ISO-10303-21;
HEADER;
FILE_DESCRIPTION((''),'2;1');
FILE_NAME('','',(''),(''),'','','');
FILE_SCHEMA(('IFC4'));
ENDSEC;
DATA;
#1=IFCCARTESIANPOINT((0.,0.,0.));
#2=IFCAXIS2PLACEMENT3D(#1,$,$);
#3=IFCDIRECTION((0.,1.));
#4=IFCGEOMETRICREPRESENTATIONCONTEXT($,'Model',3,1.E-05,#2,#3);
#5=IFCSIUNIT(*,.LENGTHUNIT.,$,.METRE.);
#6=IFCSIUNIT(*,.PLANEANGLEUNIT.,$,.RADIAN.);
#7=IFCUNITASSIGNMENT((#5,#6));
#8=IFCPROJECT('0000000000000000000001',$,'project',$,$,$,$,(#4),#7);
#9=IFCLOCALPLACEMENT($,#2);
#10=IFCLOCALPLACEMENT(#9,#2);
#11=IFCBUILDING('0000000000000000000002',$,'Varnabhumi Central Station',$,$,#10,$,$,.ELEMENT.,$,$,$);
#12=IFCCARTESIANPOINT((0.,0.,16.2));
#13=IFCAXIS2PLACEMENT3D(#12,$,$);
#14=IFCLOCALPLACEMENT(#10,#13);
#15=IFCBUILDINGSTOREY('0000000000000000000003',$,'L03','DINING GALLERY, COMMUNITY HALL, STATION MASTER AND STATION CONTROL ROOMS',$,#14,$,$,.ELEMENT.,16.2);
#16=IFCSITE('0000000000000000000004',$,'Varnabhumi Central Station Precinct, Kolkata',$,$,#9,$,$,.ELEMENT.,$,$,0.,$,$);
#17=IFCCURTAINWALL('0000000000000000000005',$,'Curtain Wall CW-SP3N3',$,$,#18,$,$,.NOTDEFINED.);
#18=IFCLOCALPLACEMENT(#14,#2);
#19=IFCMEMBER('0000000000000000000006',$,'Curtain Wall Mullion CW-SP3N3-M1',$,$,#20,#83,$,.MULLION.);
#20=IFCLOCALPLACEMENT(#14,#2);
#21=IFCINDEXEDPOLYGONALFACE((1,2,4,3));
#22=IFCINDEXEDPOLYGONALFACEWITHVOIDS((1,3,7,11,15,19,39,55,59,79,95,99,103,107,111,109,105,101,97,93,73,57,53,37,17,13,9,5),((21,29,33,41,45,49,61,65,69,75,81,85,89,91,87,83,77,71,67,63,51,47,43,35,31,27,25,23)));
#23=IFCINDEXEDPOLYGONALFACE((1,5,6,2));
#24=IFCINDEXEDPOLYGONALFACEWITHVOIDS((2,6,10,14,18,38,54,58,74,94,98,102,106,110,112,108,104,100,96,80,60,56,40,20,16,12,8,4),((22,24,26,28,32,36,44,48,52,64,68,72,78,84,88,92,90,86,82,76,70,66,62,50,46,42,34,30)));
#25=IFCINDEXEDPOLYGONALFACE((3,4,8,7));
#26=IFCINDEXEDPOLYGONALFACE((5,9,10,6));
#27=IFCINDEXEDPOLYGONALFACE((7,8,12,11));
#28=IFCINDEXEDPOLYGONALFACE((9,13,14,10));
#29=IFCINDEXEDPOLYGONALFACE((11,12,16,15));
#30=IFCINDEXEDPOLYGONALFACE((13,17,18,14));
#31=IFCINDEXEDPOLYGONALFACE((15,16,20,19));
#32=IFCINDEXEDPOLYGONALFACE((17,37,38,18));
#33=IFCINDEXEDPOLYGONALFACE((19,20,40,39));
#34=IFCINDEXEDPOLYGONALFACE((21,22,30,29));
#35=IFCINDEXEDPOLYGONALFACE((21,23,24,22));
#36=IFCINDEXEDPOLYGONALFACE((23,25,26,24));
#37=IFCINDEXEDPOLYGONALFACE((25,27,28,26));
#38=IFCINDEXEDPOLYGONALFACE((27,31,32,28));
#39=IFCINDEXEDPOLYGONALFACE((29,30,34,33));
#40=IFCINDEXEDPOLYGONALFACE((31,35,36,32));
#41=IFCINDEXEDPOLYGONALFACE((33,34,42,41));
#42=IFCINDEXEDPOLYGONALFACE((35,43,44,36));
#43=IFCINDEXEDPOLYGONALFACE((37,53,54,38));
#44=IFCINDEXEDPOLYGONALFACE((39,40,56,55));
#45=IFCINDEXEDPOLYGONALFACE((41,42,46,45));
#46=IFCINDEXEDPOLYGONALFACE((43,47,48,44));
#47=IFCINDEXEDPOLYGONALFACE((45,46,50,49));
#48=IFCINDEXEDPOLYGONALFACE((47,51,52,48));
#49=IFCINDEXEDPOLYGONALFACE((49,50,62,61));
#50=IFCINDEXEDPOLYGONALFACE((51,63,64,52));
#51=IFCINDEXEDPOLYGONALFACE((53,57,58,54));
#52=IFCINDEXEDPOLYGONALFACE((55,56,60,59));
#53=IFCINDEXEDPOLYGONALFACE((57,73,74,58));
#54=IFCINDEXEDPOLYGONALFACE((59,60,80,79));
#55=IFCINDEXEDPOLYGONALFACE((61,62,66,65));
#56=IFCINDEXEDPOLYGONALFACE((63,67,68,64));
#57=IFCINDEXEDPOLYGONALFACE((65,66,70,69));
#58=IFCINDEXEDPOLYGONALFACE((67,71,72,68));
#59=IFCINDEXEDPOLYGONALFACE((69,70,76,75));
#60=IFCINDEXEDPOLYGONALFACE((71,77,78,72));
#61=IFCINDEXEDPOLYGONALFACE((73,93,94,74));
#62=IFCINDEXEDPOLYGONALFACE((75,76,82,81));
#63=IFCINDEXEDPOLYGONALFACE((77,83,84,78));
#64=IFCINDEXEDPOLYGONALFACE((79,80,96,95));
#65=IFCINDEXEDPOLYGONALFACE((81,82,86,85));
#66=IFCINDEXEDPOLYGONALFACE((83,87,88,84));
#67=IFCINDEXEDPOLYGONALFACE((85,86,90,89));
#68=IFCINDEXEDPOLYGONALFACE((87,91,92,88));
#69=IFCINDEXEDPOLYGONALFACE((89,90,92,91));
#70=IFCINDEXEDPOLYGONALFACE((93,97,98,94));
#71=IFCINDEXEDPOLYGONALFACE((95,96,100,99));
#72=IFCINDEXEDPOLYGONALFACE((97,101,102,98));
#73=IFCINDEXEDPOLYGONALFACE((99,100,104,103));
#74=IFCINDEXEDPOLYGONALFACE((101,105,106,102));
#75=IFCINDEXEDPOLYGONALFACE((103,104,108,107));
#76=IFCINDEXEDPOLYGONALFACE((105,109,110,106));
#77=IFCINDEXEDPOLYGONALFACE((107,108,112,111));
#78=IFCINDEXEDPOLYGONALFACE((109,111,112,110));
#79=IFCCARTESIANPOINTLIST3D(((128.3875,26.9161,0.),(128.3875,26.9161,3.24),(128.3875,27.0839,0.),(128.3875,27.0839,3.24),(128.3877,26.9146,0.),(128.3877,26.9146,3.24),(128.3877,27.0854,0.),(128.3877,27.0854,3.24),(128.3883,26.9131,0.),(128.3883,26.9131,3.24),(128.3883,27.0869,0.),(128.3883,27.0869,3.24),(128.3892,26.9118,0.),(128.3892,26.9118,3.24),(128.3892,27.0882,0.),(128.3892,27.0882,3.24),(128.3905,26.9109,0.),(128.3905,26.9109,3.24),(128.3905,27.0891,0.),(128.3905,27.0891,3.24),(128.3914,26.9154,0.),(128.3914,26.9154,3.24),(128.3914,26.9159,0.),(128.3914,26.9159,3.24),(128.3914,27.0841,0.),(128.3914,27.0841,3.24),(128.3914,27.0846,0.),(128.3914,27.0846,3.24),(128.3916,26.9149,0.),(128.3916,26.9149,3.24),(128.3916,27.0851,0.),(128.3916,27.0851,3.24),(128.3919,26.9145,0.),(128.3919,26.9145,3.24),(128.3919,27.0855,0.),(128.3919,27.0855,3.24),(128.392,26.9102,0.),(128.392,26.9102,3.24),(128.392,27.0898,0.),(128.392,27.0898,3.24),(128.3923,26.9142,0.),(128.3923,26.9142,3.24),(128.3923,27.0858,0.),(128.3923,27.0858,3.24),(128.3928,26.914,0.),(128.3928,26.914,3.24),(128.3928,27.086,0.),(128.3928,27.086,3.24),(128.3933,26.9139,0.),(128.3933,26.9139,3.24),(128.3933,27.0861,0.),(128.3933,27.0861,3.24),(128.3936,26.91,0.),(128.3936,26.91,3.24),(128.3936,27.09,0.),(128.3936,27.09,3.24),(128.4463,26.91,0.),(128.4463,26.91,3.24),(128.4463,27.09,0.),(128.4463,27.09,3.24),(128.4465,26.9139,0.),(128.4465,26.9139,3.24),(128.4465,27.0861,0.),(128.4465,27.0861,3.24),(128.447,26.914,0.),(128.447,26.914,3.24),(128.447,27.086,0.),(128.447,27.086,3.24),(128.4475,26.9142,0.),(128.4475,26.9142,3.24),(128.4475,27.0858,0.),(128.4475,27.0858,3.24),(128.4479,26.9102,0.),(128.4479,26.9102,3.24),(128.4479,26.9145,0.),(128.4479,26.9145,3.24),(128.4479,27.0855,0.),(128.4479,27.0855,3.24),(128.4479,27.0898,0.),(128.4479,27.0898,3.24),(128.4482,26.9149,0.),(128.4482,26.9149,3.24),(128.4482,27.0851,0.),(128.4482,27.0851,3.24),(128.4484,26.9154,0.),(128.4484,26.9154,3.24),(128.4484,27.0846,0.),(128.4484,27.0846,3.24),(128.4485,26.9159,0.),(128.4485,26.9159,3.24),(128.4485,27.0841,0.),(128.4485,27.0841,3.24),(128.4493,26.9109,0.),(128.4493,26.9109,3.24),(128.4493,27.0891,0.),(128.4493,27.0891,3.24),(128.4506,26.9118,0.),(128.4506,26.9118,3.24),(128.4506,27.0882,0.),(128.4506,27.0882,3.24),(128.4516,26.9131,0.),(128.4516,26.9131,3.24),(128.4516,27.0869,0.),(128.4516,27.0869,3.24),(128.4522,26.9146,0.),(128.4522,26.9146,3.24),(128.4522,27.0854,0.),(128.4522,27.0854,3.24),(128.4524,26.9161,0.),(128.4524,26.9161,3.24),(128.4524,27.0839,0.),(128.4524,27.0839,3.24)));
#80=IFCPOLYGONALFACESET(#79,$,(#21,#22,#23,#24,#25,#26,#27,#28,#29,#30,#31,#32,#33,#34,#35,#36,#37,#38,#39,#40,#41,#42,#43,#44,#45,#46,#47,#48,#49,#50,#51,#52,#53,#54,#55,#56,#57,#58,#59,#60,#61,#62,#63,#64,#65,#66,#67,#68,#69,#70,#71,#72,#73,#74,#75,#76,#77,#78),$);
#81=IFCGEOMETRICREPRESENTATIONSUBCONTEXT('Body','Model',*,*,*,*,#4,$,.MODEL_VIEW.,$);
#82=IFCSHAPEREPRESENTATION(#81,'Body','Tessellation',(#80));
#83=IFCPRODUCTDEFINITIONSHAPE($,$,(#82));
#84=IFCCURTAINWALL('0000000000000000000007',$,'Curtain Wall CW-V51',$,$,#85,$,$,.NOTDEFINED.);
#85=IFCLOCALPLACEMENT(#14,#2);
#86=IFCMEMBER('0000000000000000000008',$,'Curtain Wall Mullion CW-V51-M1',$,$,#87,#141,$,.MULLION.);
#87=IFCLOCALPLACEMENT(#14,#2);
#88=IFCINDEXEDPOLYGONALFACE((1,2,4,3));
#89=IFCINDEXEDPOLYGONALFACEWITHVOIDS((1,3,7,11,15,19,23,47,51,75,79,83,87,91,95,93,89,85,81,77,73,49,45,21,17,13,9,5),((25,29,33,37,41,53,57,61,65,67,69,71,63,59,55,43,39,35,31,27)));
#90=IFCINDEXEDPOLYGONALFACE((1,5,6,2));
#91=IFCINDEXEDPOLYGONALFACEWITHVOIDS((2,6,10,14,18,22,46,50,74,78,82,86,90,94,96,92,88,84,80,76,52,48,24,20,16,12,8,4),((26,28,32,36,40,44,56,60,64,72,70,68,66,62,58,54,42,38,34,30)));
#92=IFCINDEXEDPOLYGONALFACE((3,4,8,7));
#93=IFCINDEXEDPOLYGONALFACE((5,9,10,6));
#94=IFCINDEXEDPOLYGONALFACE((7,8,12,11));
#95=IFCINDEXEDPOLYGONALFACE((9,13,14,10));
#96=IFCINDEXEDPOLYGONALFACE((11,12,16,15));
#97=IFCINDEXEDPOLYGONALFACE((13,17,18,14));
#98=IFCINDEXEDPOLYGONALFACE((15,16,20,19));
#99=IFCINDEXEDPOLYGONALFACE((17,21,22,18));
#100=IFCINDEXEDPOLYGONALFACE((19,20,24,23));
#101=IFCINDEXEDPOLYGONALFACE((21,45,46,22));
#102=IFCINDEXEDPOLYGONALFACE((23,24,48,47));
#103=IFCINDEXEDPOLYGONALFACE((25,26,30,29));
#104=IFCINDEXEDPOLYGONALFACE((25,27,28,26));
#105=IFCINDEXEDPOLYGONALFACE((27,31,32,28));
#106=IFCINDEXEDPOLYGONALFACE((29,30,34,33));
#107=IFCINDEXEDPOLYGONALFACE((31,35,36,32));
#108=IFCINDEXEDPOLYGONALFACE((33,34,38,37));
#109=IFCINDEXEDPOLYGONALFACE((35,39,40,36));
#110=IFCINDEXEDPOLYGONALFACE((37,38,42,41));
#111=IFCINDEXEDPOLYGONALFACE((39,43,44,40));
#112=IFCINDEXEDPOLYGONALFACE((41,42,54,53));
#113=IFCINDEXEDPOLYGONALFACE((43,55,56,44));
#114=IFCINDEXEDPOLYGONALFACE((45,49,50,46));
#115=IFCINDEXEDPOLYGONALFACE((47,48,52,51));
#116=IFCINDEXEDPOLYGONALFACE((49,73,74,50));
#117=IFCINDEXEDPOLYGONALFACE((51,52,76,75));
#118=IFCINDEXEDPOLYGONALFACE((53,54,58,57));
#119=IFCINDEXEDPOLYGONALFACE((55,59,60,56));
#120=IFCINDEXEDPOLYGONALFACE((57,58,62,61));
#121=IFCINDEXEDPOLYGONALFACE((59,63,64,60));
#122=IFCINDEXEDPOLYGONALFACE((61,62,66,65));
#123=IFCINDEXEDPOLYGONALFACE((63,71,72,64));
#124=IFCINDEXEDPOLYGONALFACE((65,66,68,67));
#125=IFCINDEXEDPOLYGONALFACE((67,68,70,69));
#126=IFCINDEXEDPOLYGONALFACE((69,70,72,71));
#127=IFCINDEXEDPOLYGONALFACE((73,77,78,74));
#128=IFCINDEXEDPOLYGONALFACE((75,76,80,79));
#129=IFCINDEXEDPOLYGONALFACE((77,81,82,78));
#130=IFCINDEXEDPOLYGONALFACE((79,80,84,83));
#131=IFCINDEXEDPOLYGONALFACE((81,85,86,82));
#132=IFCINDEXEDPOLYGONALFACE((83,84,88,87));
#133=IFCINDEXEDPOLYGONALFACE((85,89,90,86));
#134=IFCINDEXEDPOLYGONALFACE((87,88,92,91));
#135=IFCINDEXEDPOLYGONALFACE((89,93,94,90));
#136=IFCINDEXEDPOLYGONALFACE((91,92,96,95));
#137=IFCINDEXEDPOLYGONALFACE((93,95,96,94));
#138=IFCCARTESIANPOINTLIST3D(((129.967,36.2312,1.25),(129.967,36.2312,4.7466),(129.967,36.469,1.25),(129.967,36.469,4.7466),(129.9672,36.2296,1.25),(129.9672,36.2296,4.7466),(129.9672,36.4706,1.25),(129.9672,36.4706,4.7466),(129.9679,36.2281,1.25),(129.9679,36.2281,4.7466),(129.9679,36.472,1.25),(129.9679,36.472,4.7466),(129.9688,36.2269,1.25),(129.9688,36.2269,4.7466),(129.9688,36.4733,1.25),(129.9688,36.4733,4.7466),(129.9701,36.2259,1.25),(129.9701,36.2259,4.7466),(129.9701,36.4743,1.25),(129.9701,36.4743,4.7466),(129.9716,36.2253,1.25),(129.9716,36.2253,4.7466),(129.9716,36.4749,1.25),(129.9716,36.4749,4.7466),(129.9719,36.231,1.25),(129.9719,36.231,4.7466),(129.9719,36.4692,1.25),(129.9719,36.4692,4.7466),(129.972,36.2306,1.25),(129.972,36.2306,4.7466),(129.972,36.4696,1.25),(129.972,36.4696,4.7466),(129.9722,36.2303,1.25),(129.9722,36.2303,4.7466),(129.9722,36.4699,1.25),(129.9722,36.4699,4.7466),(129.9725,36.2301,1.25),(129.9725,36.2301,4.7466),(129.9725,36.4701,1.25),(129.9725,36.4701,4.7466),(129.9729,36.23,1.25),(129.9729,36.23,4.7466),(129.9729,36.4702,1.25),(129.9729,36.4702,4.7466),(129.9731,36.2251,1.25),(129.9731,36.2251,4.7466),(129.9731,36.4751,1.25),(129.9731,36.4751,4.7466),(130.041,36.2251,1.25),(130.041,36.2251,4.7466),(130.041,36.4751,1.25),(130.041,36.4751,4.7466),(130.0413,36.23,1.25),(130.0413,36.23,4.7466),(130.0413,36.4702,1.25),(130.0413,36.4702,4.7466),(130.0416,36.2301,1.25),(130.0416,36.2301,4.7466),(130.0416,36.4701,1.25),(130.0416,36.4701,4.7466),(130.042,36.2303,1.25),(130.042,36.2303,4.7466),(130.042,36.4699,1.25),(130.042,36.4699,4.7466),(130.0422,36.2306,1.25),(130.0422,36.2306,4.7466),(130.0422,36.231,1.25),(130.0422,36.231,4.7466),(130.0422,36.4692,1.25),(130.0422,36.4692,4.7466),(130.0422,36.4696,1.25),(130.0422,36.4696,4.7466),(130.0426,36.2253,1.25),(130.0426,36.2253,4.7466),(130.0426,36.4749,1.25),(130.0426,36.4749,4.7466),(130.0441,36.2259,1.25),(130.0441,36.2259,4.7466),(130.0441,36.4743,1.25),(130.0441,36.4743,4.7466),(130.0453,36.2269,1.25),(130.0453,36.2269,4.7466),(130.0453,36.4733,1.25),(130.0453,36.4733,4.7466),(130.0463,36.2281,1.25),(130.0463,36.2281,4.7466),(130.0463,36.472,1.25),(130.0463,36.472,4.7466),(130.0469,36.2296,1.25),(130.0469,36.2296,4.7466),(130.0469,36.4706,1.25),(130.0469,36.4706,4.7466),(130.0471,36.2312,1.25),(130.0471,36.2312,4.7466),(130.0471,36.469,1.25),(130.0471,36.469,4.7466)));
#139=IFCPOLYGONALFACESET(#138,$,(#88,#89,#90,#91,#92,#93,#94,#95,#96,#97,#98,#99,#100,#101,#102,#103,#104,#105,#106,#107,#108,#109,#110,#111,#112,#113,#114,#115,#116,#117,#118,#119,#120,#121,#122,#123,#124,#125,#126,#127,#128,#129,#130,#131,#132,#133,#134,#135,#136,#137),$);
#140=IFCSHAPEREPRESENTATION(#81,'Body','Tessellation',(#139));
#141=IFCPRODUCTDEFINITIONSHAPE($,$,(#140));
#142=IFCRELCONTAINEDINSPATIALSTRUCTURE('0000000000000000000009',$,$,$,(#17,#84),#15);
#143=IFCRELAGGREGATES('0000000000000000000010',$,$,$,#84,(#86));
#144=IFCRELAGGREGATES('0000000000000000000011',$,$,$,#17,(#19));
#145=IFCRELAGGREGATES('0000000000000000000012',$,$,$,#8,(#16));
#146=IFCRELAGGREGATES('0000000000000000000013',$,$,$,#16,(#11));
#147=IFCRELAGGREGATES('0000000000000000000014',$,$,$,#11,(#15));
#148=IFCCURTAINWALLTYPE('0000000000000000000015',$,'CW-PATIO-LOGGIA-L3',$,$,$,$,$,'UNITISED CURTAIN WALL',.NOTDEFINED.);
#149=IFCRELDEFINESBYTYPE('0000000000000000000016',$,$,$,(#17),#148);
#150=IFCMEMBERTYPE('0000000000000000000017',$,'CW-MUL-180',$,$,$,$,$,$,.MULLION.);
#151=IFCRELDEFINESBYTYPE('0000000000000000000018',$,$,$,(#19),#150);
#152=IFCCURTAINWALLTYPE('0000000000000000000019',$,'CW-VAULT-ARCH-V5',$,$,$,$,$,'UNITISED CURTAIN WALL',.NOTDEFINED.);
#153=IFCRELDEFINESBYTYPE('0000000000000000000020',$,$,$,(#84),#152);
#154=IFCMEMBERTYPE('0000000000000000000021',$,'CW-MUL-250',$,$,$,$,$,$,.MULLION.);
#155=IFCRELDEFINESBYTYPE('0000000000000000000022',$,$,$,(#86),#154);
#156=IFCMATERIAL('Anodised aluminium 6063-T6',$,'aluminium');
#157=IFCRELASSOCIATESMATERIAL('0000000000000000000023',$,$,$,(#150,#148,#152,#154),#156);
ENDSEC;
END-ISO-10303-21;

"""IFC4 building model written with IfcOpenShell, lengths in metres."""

from ifc_helpers import new_model, si_unit, direction, frame, origin, origin_2d, place, context, subcontext, project, spatial, hollow_rectangle, extrude, material, material_profile, profile_set, type_object, element, aggregate, save


model = new_model("IFC4")

# Units and contexts
model_context = context("Model", 3, precision=1e-05, world=origin(), true_north=direction((0.0, 1.0)))
body_context = subcontext(model_context, "Body", "Model", "MODEL_VIEW")
ifc_project = project(units=[si_unit("LENGTHUNIT", "METRE"), si_unit("PLANEANGLEUNIT", "RADIAN")], contexts=[model_context])

# Site, building, storey
site_placement = place(None, origin())
site = spatial("IfcSite", under=ifc_project, at=site_placement, Name="Varnabhumi Central Station Precinct, Kolkata", CompositionType="ELEMENT", RefElevation=0.0)
building_placement = place(site_placement, origin())
building = spatial("IfcBuilding", under=site, at=building_placement, Name="Varnabhumi Central Station", CompositionType="ELEMENT")
storey_placement = place(building_placement, frame((0.0, 0.0, 16.2)))
storey = spatial("IfcBuildingStorey", under=building, at=storey_placement, Name="L03", Description="DINING GALLERY, COMMUNITY HALL, STATION MASTER AND STATION CONTROL ROOMS", CompositionType="ELEMENT", Elevation=16.2)

# Shared definitions
ifc_material_1 = material(Name="Anodised aluminium 6063-T6", Category="aluminium")
ifc_material_profile_1 = material_profile(ifc_material_1, hollow_rectangle(XDim=0.0649, YDim=0.1799, WallThickness=0.0039, InnerFilletRadius=0.002, OuterFilletRadius=0.0061, at=origin_2d()), Name="Anodised aluminium 6063-T6", Category="aluminium")
ifc_profile_set_1 = profile_set([ifc_material_profile_1], Name="Anodised aluminium 6063-T6")
member_type_1 = type_object("IfcMemberType", Name="CW-MUL-180", PredefinedType="MULLION", material=ifc_profile_set_1)

# Shared definitions
curtain_wall_type_1 = type_object("IfcCurtainWallType", Name="CW-PATIO-LOGGIA-L3", ElementType="UNITISED CURTAIN WALL", PredefinedType="NOTDEFINED", material=ifc_material_1)

# Curtain walls, members
curtain_wall_1_placement = place(storey_placement, origin())
curtain_wall_1 = element("IfcCurtainWall", 1, at=curtain_wall_1_placement, inside=storey, type_object=curtain_wall_type_1, Name="Curtain Wall CW-SP3N3", PredefinedType="NOTDEFINED")
member_1_placement = place(storey_placement, frame((128.4199, 27.0, 0.0), z_axis=(0.0, 0.0, 1.0), x_axis=(1.0, 0.0, 0.0)))
member_1 = element("IfcMember", 2, at=member_1_placement, type_object=member_type_1, Name="Curtain Wall Mullion CW-SP3N3-M1", PredefinedType="MULLION", context=body_context, shape_type="SweptSolid", body=[
    extrude(hollow_rectangle(XDim=0.0649, YDim=0.1799, WallThickness=0.0039, InnerFilletRadius=0.002, OuterFilletRadius=0.0061, at=origin_2d()), origin(), (0.0, 0.0, 1.0), 3.24),
])
curtain_wall_type_2 = type_object("IfcCurtainWallType", Name="CW-VAULT-ARCH-V5", ElementType="UNITISED CURTAIN WALL", PredefinedType="NOTDEFINED", material=ifc_material_1)
curtain_wall_2_placement = place(storey_placement, origin())
curtain_wall_2 = element("IfcCurtainWall", 3, at=curtain_wall_2_placement, inside=storey, type_object=curtain_wall_type_2, Name="Curtain Wall CW-V51", PredefinedType="NOTDEFINED")
ifc_material_profile_2 = material_profile(ifc_material_1, hollow_rectangle(XDim=0.0801, YDim=0.25, WallThickness=0.0049, InnerFilletRadius=0.001, OuterFilletRadius=0.0061, at=origin_2d()), Name="Anodised aluminium 6063-T6", Category="aluminium")
ifc_profile_set_2 = profile_set([ifc_material_profile_2], Name="Anodised aluminium 6063-T6")
member_type_2 = type_object("IfcMemberType", Name="CW-MUL-250", PredefinedType="MULLION", material=ifc_profile_set_2)
member_2_placement = place(storey_placement, frame((130.0071, 36.3501, 1.25), z_axis=(0.0, 0.0, 1.0), x_axis=(1.0, 0.0, 0.0)))
member_2 = element("IfcMember", 4, at=member_2_placement, type_object=member_type_2, Name="Curtain Wall Mullion CW-V51-M1", PredefinedType="MULLION", context=body_context, shape_type="SweptSolid", body=[
    extrude(hollow_rectangle(XDim=0.0801, YDim=0.25, WallThickness=0.0049, InnerFilletRadius=0.001, OuterFilletRadius=0.0061, at=origin_2d()), origin(), (0.0, 0.0, 1.0), 3.4966),
])

aggregate(curtain_wall_2, [member_2])
aggregate(curtain_wall_1, [member_1])

save(model, "model.ifc")
